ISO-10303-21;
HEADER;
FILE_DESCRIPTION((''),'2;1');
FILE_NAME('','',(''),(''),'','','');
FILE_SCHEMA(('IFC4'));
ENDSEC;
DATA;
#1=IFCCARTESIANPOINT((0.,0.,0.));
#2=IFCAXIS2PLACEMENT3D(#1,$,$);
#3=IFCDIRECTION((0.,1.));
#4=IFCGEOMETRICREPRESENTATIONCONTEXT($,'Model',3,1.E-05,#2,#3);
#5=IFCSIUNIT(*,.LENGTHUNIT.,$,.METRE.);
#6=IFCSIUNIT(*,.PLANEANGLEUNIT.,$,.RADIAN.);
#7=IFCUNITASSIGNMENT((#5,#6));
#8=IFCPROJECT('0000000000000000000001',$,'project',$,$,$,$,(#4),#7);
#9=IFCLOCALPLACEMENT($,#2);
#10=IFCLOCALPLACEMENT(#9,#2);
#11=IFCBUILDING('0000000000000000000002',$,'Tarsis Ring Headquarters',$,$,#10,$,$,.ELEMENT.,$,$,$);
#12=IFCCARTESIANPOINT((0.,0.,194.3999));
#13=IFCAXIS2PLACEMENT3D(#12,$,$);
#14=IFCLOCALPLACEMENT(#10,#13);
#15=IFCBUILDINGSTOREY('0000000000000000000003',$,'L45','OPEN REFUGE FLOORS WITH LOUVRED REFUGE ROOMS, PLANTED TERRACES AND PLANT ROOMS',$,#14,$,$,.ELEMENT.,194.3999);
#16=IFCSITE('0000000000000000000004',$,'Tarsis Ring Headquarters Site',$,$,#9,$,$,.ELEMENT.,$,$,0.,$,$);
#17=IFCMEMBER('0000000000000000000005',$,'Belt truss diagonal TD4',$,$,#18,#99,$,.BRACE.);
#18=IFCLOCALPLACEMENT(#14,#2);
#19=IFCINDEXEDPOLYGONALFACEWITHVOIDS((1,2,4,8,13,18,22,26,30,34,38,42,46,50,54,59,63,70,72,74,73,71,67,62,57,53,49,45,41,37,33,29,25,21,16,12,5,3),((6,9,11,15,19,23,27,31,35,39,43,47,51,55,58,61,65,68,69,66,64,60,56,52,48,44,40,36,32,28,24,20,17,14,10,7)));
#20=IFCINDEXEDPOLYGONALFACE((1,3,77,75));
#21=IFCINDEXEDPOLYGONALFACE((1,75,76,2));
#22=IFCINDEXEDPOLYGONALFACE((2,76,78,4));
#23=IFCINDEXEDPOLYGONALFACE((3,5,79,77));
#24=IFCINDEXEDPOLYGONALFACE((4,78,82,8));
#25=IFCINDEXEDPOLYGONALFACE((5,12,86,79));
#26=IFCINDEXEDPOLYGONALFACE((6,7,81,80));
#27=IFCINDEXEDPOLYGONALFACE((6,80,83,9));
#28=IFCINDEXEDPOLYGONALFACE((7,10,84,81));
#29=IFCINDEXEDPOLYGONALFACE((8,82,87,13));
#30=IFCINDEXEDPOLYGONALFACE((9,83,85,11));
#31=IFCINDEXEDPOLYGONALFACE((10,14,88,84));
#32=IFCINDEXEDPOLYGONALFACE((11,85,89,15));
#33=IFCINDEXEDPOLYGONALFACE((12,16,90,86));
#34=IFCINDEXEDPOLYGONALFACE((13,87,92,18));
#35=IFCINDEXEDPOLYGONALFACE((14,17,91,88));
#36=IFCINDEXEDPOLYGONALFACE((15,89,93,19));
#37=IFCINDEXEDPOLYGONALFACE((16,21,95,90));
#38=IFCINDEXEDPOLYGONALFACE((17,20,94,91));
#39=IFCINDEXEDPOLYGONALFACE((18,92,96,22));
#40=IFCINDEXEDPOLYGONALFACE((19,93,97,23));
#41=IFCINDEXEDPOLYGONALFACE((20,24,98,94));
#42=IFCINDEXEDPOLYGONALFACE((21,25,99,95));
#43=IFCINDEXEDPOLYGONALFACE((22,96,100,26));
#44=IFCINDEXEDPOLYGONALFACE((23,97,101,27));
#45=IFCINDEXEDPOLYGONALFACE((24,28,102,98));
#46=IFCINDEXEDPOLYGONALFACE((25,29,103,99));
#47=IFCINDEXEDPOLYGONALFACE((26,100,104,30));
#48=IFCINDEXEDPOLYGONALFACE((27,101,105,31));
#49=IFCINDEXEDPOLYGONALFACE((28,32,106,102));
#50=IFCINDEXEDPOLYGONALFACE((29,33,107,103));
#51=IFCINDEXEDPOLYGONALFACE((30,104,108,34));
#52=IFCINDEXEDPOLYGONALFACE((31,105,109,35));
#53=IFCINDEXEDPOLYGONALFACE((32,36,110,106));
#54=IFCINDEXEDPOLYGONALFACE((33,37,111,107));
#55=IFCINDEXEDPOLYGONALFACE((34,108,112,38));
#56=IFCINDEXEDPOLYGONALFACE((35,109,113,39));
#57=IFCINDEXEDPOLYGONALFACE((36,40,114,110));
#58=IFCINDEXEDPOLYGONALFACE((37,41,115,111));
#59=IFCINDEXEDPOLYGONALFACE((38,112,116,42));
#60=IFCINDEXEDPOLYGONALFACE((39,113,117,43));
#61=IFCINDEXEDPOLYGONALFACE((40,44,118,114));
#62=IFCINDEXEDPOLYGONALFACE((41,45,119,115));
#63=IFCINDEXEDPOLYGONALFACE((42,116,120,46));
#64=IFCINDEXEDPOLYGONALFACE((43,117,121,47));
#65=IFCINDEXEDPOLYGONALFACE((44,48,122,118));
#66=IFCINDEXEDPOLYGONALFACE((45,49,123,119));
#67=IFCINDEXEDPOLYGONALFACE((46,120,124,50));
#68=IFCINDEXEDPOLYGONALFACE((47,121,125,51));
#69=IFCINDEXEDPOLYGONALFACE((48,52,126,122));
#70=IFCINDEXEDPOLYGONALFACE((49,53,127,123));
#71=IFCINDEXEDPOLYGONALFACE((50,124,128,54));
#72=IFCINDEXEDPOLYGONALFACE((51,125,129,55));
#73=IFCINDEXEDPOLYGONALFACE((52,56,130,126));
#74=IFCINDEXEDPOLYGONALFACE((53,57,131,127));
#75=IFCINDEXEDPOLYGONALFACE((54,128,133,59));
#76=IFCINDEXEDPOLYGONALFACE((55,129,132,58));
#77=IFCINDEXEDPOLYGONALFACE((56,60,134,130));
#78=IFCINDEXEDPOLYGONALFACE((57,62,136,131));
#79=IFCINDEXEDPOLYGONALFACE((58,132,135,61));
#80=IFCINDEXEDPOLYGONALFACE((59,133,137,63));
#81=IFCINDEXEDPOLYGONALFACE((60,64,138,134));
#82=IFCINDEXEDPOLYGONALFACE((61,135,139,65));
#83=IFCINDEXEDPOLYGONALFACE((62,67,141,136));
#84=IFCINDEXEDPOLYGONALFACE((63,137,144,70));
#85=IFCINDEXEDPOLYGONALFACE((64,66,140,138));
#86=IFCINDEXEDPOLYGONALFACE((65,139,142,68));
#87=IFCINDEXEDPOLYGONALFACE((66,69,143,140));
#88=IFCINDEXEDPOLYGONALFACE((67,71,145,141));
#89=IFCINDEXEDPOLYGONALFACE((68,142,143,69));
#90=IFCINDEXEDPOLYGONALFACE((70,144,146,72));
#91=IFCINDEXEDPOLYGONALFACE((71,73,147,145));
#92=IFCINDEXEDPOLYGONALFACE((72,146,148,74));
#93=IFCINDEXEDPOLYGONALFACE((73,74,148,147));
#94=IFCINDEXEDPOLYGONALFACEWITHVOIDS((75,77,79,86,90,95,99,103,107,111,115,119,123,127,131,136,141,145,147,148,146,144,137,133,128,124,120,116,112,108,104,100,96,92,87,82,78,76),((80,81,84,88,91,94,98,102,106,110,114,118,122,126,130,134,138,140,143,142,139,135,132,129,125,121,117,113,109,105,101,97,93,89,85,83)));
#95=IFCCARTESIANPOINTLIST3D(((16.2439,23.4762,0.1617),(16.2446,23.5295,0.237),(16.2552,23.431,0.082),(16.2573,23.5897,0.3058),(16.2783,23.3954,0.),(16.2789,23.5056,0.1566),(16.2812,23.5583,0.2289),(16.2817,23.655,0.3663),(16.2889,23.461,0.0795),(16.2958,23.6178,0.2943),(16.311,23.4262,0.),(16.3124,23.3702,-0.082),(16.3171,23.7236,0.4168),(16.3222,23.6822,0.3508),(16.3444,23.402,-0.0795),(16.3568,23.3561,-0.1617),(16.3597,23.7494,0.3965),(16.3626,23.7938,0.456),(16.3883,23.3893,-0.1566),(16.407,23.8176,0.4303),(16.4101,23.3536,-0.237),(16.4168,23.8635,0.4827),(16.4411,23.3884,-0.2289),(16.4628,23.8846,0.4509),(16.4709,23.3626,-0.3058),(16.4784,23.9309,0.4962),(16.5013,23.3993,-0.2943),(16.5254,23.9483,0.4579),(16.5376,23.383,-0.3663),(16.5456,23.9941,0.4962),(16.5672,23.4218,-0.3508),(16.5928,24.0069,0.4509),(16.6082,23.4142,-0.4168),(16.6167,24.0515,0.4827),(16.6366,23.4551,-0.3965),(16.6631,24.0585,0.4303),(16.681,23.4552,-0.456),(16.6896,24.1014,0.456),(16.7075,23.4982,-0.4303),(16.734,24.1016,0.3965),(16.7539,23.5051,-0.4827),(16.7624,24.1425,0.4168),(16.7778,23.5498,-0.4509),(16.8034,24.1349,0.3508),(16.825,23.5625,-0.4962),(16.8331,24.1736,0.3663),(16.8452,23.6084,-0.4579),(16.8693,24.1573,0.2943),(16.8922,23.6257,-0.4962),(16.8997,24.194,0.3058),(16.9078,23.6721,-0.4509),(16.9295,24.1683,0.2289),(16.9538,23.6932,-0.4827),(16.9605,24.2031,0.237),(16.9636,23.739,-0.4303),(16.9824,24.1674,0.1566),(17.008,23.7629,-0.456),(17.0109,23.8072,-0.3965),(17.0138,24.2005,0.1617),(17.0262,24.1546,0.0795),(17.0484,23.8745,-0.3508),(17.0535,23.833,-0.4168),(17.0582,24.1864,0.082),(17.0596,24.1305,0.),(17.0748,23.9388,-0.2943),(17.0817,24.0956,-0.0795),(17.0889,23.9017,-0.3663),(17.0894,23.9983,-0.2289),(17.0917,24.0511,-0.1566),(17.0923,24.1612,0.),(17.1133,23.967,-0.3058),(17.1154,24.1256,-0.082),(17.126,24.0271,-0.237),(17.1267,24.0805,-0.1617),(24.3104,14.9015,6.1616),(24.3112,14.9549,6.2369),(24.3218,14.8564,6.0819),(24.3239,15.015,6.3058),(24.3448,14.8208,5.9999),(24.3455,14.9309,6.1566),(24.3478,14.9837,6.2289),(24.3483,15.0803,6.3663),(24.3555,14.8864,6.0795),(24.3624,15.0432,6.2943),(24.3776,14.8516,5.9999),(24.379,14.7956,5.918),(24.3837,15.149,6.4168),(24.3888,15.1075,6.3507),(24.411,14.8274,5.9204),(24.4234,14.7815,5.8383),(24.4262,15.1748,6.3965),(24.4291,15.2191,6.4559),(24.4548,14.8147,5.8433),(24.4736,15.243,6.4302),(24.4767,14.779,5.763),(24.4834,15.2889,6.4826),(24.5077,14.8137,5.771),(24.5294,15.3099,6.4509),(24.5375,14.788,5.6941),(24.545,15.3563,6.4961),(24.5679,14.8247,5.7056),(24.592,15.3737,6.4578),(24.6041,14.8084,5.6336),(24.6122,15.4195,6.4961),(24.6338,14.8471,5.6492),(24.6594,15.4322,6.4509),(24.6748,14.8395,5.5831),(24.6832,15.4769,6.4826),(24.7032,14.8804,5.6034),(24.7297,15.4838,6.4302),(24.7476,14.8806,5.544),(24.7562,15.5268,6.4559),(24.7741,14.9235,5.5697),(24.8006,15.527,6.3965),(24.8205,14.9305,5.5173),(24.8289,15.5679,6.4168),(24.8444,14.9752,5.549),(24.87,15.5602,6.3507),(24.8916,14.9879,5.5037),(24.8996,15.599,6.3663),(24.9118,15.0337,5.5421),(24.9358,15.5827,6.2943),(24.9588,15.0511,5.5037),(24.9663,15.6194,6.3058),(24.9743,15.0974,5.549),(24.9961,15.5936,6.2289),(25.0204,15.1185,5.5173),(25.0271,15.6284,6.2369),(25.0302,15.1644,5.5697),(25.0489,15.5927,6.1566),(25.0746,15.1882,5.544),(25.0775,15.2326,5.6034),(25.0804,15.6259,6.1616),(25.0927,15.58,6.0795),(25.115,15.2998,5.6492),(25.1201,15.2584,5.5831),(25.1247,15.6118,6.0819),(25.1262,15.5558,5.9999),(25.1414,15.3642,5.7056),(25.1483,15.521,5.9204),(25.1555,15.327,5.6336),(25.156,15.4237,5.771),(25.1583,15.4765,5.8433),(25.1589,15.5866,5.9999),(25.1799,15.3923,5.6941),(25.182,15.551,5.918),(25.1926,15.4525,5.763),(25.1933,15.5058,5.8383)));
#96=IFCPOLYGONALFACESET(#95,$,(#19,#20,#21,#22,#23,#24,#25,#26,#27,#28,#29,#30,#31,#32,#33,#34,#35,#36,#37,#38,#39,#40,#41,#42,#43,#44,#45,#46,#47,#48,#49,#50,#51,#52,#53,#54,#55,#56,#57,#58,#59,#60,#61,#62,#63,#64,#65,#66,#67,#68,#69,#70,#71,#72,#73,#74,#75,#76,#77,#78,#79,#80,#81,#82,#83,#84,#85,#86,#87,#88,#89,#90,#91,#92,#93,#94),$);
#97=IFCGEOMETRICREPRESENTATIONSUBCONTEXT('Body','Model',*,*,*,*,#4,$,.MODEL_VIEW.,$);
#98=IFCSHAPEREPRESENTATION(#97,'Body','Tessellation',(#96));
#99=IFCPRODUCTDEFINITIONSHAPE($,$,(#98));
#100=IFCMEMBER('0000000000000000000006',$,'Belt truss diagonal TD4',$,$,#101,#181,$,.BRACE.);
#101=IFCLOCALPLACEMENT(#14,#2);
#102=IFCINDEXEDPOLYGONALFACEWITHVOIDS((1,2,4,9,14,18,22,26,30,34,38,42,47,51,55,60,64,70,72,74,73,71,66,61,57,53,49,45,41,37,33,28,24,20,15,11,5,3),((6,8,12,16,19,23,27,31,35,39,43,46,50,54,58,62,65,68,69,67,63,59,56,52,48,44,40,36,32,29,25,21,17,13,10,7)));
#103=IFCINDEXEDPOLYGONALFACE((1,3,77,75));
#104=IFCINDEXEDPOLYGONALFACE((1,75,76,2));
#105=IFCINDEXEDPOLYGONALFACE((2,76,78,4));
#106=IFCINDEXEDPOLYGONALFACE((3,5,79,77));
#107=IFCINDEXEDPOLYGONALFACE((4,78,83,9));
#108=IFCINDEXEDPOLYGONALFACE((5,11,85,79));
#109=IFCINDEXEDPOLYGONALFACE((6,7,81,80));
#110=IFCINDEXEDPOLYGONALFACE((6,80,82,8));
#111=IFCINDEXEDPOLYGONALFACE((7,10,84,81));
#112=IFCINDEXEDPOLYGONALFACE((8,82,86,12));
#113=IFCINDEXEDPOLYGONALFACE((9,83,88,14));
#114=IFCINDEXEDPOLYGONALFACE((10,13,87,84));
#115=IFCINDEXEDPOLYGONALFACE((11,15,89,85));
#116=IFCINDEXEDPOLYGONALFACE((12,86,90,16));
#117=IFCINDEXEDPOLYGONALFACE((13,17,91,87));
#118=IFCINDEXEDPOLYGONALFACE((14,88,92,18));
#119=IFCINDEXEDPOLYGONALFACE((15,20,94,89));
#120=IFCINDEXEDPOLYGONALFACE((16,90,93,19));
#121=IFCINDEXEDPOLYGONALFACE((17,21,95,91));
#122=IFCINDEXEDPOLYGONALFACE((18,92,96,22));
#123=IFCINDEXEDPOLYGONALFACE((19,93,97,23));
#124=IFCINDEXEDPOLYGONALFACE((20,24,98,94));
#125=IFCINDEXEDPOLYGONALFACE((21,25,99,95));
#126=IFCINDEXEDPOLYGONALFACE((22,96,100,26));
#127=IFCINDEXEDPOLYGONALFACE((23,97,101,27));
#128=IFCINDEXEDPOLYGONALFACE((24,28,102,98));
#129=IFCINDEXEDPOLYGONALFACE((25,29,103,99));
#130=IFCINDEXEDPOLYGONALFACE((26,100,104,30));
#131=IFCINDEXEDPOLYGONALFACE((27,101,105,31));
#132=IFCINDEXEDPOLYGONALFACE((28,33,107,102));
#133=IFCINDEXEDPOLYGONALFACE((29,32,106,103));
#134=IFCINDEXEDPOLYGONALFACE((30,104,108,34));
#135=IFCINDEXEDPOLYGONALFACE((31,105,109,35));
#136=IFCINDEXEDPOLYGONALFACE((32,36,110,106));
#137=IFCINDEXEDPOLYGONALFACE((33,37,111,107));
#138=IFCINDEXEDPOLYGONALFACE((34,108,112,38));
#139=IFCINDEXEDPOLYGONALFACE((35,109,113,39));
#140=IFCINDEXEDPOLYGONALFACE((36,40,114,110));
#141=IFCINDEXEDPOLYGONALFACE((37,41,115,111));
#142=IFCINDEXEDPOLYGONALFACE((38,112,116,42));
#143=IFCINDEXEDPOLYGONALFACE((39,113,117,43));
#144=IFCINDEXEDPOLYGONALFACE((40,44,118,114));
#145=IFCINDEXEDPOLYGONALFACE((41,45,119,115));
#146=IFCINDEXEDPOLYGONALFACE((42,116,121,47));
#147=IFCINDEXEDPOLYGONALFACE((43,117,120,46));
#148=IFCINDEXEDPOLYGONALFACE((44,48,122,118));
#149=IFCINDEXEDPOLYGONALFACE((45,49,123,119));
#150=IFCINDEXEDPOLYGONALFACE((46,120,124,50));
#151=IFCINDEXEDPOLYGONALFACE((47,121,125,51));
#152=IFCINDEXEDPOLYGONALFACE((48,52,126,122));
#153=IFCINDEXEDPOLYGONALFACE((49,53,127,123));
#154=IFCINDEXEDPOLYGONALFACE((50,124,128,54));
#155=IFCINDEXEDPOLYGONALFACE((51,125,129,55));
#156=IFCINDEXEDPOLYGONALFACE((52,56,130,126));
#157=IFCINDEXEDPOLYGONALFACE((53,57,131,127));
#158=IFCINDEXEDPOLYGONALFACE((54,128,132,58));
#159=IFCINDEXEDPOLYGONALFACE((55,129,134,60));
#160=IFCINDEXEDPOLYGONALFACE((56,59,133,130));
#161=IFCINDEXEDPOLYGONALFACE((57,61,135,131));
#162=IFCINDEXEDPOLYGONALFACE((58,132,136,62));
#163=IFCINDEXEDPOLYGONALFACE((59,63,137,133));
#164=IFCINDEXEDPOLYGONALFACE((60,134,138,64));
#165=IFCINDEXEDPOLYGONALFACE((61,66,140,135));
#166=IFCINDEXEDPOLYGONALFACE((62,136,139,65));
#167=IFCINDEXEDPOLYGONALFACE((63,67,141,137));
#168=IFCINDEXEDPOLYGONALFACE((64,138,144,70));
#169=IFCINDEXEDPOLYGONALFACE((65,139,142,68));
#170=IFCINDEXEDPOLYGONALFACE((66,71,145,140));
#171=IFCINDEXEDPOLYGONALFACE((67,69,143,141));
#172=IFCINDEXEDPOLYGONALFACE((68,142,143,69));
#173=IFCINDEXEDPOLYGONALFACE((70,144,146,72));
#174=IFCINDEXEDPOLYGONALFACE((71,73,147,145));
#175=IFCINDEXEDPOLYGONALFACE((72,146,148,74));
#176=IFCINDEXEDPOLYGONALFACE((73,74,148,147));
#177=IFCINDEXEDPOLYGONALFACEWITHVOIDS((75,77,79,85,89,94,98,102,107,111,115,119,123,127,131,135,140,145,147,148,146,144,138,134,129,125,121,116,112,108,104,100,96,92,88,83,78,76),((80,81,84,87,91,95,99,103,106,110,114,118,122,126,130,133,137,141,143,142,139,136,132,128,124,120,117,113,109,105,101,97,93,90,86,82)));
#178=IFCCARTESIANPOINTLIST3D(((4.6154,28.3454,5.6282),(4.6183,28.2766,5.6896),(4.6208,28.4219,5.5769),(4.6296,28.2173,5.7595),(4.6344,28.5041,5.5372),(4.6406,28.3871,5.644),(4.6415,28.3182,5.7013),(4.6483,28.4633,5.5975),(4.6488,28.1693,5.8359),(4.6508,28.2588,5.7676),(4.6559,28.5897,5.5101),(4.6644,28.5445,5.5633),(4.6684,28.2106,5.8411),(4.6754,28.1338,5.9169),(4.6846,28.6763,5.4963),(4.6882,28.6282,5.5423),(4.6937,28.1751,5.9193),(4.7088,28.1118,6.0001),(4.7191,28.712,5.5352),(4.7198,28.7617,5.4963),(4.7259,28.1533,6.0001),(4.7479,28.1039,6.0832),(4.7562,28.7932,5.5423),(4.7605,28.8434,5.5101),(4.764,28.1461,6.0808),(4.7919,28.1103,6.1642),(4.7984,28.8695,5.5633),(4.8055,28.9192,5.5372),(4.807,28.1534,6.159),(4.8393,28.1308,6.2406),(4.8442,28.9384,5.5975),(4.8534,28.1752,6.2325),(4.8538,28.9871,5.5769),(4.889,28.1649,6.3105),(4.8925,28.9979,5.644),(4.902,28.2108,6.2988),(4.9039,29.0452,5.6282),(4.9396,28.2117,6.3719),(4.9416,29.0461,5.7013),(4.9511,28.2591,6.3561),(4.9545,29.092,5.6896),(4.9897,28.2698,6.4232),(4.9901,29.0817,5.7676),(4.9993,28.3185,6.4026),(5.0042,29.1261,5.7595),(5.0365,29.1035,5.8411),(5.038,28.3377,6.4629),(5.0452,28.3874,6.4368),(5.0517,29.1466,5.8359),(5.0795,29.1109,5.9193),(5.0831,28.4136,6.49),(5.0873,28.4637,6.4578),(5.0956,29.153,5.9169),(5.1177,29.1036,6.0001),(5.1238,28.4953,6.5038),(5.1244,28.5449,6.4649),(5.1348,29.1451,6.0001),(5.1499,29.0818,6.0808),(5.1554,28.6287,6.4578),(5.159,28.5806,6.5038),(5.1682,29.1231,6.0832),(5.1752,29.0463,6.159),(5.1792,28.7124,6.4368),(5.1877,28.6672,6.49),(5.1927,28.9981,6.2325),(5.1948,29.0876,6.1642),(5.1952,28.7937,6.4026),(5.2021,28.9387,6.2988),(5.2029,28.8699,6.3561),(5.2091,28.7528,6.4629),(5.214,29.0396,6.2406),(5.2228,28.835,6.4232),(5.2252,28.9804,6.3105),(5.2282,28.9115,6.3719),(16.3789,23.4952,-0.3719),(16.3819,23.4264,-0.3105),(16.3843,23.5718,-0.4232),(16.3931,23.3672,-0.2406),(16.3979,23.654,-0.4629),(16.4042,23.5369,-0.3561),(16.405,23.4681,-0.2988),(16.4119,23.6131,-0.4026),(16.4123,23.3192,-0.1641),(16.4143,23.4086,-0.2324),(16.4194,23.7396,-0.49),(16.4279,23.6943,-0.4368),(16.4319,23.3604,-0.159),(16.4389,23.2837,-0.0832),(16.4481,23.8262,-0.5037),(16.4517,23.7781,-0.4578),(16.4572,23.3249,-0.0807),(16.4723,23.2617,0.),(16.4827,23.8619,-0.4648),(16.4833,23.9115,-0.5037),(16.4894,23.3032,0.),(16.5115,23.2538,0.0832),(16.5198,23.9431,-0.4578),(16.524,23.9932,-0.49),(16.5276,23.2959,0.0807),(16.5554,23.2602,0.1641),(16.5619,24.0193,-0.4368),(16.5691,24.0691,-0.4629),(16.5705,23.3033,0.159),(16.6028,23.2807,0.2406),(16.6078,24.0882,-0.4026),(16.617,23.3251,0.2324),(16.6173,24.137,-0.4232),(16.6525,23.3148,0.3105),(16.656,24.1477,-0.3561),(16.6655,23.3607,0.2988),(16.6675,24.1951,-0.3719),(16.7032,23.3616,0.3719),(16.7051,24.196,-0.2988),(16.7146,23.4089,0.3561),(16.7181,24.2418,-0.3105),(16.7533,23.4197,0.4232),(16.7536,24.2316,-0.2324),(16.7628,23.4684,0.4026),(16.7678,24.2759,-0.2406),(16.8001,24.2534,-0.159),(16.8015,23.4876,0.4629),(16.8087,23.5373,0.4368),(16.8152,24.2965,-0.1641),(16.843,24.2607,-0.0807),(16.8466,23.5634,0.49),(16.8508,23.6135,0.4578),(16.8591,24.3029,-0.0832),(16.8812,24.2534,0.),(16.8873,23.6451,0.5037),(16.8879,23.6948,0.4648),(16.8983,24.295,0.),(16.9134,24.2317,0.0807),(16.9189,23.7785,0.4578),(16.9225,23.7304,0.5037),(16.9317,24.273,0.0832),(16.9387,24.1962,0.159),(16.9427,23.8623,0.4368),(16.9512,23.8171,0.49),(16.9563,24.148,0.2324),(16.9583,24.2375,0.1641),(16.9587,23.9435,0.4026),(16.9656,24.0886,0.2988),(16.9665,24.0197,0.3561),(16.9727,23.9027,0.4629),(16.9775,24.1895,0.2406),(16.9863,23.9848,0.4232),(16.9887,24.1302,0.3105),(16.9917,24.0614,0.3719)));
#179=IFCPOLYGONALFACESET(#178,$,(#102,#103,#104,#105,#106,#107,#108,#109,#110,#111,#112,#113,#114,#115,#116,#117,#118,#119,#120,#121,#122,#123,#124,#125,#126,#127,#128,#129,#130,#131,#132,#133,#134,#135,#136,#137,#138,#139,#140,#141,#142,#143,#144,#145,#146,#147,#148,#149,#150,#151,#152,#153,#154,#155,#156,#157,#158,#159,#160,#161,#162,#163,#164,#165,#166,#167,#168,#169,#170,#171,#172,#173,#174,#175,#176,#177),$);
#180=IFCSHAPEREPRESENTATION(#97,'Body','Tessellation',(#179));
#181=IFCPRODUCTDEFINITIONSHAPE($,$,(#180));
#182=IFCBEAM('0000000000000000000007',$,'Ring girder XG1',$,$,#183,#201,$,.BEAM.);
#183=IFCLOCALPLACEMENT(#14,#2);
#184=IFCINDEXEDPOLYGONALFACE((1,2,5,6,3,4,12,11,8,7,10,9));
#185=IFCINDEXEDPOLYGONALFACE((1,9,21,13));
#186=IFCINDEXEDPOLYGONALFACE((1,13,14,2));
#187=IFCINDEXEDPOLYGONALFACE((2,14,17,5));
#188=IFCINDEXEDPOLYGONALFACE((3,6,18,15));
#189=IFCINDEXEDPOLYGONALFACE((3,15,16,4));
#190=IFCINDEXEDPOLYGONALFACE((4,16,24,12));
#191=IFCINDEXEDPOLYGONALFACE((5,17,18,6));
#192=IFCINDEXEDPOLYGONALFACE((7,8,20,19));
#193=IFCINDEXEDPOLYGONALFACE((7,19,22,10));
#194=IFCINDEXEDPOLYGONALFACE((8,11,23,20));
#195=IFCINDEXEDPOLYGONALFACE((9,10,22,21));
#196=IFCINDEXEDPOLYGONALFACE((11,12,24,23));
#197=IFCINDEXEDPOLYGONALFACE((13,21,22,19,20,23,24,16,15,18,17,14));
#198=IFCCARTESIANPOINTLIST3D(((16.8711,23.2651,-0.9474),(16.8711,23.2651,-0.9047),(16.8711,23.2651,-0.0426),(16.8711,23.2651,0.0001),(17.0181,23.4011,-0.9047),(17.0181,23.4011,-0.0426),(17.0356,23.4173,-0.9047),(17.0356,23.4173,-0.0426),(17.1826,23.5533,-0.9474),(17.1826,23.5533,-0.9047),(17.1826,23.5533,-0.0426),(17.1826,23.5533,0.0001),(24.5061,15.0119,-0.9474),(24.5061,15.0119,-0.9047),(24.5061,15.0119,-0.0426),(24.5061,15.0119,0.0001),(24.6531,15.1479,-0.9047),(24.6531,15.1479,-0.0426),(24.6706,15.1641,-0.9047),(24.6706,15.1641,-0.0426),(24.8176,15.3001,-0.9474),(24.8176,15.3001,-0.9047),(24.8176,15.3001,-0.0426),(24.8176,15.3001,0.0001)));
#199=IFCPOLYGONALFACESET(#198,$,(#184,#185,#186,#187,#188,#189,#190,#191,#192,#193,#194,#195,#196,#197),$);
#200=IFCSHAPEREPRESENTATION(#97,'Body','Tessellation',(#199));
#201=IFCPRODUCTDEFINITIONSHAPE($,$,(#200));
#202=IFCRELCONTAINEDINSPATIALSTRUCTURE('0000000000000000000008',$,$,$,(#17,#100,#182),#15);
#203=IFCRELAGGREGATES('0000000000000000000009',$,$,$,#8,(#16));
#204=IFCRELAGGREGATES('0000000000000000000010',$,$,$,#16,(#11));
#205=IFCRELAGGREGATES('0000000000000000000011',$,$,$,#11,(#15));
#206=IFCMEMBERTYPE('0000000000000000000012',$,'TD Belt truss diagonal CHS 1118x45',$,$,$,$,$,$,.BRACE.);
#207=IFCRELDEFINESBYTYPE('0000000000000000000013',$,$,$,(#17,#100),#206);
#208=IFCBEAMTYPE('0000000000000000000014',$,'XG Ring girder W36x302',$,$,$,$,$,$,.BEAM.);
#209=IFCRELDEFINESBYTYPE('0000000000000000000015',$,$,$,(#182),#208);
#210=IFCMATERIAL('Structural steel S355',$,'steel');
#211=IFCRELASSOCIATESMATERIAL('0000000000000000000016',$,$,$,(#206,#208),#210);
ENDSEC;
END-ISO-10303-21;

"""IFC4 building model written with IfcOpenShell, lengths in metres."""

from ifc_helpers import new_model, si_unit, direction, frame, origin, origin_2d, place, context, subcontext, project, spatial, hollow_circle, i_section, extrude, material, material_profile, profile_set, type_object, element, save


model = new_model("IFC4")

# Units and contexts
model_context = context("Model", 3, precision=1e-05, world=origin(), true_north=direction((0.0, 1.0)))
body_context = subcontext(model_context, "Body", "Model", "MODEL_VIEW")
ifc_project = project(units=[si_unit("LENGTHUNIT", "METRE"), si_unit("PLANEANGLEUNIT", "RADIAN")], contexts=[model_context])

# Site, building, storey
site_placement = place(None, origin())
site = spatial("IfcSite", under=ifc_project, at=site_placement, Name="Tarsis Ring Headquarters Site", CompositionType="ELEMENT", RefElevation=0.0)
building_placement = place(site_placement, origin())
building = spatial("IfcBuilding", under=site, at=building_placement, Name="Tarsis Ring Headquarters", CompositionType="ELEMENT")
storey_placement = place(building_placement, frame((0.0, 0.0, 194.3999)))
storey = spatial("IfcBuildingStorey", under=building, at=storey_placement, Name="L45", Description="OPEN REFUGE FLOORS WITH LOUVRED REFUGE ROOMS, PLANTED TERRACES AND PLANT ROOMS", CompositionType="ELEMENT", Elevation=194.3999)

# Shared definitions
ifc_material_1 = material(Name="Structural steel S355", Category="steel")
ifc_material_profile_1 = material_profile(ifc_material_1, hollow_circle(Radius=0.5588, WallThickness=0.0449, at=origin_2d()), Name="CHS 1118x45")
ifc_profile_set_1 = profile_set([ifc_material_profile_1], Name="Structural steel S355")

# Members
member_type_1 = type_object("IfcMemberType", Name="TD Belt truss diagonal CHS 1118x45", PredefinedType="BRACE", material=ifc_profile_set_1)
member_1_placement = place(storey_placement, frame((16.6853, 23.7783, 0.0), z_axis=(0.610486, -0.648936, 0.454081), x_axis=(0.728355, 0.6852, 0.0)))
element("IfcMember", 1, at=member_1_placement, inside=storey, type_object=member_type_1, Name="Belt truss diagonal TD4", PredefinedType="BRACE", context=body_context, shape_type="SweptSolid", body=[
    extrude(hollow_circle(Radius=0.5588, WallThickness=0.0449, at=origin_2d()), origin(), (0.0, 0.0, 1.0), 13.2134),
])
member_2_placement = place(storey_placement, frame((16.6853, 23.7783, 0.0), z_axis=(-0.836198, 0.344767, 0.426507), x_axis=(-0.381175, -0.924503, 0.0)))
element("IfcMember", 2, at=member_2_placement, inside=storey, type_object=member_type_1, Name="Belt truss diagonal TD4", PredefinedType="BRACE", context=body_context, shape_type="SweptSolid", body=[
    extrude(hollow_circle(Radius=0.5588, WallThickness=0.0449, at=origin_2d()), origin(), (0.0, 0.0, 1.0), 14.0679),
])

# Beam
ifc_material_profile_2 = material_profile(ifc_material_1, i_section(OverallWidth=0.4243, OverallDepth=0.9475, WebThickness=0.0239, FlangeThickness=0.0427, at=origin_2d()), Name="W36x302")
ifc_profile_set_2 = profile_set([ifc_material_profile_2], Name="Structural steel S355")
beam_type_1 = type_object("IfcBeamType", Name="XG Ring girder W36x302", PredefinedType="BEAM", material=ifc_profile_set_2)
beam_1_placement = place(storey_placement, frame((24.6619, 15.156, -0.4736), z_axis=(-0.679081, 0.734063, 0.0), x_axis=(-0.734063, -0.679081, 0.0)))
element("IfcBeam", 3, at=beam_1_placement, inside=storey, type_object=beam_type_1, Name="Ring girder XG1", PredefinedType="BEAM", context=body_context, shape_type="SweptSolid", body=[
    extrude(i_section(OverallWidth=0.4243, OverallDepth=0.9475, WebThickness=0.0239, FlangeThickness=0.0427, at=origin_2d()), origin(), (0.0, 0.0, 1.0), 11.2432),
])

save(model, "model.ifc")
